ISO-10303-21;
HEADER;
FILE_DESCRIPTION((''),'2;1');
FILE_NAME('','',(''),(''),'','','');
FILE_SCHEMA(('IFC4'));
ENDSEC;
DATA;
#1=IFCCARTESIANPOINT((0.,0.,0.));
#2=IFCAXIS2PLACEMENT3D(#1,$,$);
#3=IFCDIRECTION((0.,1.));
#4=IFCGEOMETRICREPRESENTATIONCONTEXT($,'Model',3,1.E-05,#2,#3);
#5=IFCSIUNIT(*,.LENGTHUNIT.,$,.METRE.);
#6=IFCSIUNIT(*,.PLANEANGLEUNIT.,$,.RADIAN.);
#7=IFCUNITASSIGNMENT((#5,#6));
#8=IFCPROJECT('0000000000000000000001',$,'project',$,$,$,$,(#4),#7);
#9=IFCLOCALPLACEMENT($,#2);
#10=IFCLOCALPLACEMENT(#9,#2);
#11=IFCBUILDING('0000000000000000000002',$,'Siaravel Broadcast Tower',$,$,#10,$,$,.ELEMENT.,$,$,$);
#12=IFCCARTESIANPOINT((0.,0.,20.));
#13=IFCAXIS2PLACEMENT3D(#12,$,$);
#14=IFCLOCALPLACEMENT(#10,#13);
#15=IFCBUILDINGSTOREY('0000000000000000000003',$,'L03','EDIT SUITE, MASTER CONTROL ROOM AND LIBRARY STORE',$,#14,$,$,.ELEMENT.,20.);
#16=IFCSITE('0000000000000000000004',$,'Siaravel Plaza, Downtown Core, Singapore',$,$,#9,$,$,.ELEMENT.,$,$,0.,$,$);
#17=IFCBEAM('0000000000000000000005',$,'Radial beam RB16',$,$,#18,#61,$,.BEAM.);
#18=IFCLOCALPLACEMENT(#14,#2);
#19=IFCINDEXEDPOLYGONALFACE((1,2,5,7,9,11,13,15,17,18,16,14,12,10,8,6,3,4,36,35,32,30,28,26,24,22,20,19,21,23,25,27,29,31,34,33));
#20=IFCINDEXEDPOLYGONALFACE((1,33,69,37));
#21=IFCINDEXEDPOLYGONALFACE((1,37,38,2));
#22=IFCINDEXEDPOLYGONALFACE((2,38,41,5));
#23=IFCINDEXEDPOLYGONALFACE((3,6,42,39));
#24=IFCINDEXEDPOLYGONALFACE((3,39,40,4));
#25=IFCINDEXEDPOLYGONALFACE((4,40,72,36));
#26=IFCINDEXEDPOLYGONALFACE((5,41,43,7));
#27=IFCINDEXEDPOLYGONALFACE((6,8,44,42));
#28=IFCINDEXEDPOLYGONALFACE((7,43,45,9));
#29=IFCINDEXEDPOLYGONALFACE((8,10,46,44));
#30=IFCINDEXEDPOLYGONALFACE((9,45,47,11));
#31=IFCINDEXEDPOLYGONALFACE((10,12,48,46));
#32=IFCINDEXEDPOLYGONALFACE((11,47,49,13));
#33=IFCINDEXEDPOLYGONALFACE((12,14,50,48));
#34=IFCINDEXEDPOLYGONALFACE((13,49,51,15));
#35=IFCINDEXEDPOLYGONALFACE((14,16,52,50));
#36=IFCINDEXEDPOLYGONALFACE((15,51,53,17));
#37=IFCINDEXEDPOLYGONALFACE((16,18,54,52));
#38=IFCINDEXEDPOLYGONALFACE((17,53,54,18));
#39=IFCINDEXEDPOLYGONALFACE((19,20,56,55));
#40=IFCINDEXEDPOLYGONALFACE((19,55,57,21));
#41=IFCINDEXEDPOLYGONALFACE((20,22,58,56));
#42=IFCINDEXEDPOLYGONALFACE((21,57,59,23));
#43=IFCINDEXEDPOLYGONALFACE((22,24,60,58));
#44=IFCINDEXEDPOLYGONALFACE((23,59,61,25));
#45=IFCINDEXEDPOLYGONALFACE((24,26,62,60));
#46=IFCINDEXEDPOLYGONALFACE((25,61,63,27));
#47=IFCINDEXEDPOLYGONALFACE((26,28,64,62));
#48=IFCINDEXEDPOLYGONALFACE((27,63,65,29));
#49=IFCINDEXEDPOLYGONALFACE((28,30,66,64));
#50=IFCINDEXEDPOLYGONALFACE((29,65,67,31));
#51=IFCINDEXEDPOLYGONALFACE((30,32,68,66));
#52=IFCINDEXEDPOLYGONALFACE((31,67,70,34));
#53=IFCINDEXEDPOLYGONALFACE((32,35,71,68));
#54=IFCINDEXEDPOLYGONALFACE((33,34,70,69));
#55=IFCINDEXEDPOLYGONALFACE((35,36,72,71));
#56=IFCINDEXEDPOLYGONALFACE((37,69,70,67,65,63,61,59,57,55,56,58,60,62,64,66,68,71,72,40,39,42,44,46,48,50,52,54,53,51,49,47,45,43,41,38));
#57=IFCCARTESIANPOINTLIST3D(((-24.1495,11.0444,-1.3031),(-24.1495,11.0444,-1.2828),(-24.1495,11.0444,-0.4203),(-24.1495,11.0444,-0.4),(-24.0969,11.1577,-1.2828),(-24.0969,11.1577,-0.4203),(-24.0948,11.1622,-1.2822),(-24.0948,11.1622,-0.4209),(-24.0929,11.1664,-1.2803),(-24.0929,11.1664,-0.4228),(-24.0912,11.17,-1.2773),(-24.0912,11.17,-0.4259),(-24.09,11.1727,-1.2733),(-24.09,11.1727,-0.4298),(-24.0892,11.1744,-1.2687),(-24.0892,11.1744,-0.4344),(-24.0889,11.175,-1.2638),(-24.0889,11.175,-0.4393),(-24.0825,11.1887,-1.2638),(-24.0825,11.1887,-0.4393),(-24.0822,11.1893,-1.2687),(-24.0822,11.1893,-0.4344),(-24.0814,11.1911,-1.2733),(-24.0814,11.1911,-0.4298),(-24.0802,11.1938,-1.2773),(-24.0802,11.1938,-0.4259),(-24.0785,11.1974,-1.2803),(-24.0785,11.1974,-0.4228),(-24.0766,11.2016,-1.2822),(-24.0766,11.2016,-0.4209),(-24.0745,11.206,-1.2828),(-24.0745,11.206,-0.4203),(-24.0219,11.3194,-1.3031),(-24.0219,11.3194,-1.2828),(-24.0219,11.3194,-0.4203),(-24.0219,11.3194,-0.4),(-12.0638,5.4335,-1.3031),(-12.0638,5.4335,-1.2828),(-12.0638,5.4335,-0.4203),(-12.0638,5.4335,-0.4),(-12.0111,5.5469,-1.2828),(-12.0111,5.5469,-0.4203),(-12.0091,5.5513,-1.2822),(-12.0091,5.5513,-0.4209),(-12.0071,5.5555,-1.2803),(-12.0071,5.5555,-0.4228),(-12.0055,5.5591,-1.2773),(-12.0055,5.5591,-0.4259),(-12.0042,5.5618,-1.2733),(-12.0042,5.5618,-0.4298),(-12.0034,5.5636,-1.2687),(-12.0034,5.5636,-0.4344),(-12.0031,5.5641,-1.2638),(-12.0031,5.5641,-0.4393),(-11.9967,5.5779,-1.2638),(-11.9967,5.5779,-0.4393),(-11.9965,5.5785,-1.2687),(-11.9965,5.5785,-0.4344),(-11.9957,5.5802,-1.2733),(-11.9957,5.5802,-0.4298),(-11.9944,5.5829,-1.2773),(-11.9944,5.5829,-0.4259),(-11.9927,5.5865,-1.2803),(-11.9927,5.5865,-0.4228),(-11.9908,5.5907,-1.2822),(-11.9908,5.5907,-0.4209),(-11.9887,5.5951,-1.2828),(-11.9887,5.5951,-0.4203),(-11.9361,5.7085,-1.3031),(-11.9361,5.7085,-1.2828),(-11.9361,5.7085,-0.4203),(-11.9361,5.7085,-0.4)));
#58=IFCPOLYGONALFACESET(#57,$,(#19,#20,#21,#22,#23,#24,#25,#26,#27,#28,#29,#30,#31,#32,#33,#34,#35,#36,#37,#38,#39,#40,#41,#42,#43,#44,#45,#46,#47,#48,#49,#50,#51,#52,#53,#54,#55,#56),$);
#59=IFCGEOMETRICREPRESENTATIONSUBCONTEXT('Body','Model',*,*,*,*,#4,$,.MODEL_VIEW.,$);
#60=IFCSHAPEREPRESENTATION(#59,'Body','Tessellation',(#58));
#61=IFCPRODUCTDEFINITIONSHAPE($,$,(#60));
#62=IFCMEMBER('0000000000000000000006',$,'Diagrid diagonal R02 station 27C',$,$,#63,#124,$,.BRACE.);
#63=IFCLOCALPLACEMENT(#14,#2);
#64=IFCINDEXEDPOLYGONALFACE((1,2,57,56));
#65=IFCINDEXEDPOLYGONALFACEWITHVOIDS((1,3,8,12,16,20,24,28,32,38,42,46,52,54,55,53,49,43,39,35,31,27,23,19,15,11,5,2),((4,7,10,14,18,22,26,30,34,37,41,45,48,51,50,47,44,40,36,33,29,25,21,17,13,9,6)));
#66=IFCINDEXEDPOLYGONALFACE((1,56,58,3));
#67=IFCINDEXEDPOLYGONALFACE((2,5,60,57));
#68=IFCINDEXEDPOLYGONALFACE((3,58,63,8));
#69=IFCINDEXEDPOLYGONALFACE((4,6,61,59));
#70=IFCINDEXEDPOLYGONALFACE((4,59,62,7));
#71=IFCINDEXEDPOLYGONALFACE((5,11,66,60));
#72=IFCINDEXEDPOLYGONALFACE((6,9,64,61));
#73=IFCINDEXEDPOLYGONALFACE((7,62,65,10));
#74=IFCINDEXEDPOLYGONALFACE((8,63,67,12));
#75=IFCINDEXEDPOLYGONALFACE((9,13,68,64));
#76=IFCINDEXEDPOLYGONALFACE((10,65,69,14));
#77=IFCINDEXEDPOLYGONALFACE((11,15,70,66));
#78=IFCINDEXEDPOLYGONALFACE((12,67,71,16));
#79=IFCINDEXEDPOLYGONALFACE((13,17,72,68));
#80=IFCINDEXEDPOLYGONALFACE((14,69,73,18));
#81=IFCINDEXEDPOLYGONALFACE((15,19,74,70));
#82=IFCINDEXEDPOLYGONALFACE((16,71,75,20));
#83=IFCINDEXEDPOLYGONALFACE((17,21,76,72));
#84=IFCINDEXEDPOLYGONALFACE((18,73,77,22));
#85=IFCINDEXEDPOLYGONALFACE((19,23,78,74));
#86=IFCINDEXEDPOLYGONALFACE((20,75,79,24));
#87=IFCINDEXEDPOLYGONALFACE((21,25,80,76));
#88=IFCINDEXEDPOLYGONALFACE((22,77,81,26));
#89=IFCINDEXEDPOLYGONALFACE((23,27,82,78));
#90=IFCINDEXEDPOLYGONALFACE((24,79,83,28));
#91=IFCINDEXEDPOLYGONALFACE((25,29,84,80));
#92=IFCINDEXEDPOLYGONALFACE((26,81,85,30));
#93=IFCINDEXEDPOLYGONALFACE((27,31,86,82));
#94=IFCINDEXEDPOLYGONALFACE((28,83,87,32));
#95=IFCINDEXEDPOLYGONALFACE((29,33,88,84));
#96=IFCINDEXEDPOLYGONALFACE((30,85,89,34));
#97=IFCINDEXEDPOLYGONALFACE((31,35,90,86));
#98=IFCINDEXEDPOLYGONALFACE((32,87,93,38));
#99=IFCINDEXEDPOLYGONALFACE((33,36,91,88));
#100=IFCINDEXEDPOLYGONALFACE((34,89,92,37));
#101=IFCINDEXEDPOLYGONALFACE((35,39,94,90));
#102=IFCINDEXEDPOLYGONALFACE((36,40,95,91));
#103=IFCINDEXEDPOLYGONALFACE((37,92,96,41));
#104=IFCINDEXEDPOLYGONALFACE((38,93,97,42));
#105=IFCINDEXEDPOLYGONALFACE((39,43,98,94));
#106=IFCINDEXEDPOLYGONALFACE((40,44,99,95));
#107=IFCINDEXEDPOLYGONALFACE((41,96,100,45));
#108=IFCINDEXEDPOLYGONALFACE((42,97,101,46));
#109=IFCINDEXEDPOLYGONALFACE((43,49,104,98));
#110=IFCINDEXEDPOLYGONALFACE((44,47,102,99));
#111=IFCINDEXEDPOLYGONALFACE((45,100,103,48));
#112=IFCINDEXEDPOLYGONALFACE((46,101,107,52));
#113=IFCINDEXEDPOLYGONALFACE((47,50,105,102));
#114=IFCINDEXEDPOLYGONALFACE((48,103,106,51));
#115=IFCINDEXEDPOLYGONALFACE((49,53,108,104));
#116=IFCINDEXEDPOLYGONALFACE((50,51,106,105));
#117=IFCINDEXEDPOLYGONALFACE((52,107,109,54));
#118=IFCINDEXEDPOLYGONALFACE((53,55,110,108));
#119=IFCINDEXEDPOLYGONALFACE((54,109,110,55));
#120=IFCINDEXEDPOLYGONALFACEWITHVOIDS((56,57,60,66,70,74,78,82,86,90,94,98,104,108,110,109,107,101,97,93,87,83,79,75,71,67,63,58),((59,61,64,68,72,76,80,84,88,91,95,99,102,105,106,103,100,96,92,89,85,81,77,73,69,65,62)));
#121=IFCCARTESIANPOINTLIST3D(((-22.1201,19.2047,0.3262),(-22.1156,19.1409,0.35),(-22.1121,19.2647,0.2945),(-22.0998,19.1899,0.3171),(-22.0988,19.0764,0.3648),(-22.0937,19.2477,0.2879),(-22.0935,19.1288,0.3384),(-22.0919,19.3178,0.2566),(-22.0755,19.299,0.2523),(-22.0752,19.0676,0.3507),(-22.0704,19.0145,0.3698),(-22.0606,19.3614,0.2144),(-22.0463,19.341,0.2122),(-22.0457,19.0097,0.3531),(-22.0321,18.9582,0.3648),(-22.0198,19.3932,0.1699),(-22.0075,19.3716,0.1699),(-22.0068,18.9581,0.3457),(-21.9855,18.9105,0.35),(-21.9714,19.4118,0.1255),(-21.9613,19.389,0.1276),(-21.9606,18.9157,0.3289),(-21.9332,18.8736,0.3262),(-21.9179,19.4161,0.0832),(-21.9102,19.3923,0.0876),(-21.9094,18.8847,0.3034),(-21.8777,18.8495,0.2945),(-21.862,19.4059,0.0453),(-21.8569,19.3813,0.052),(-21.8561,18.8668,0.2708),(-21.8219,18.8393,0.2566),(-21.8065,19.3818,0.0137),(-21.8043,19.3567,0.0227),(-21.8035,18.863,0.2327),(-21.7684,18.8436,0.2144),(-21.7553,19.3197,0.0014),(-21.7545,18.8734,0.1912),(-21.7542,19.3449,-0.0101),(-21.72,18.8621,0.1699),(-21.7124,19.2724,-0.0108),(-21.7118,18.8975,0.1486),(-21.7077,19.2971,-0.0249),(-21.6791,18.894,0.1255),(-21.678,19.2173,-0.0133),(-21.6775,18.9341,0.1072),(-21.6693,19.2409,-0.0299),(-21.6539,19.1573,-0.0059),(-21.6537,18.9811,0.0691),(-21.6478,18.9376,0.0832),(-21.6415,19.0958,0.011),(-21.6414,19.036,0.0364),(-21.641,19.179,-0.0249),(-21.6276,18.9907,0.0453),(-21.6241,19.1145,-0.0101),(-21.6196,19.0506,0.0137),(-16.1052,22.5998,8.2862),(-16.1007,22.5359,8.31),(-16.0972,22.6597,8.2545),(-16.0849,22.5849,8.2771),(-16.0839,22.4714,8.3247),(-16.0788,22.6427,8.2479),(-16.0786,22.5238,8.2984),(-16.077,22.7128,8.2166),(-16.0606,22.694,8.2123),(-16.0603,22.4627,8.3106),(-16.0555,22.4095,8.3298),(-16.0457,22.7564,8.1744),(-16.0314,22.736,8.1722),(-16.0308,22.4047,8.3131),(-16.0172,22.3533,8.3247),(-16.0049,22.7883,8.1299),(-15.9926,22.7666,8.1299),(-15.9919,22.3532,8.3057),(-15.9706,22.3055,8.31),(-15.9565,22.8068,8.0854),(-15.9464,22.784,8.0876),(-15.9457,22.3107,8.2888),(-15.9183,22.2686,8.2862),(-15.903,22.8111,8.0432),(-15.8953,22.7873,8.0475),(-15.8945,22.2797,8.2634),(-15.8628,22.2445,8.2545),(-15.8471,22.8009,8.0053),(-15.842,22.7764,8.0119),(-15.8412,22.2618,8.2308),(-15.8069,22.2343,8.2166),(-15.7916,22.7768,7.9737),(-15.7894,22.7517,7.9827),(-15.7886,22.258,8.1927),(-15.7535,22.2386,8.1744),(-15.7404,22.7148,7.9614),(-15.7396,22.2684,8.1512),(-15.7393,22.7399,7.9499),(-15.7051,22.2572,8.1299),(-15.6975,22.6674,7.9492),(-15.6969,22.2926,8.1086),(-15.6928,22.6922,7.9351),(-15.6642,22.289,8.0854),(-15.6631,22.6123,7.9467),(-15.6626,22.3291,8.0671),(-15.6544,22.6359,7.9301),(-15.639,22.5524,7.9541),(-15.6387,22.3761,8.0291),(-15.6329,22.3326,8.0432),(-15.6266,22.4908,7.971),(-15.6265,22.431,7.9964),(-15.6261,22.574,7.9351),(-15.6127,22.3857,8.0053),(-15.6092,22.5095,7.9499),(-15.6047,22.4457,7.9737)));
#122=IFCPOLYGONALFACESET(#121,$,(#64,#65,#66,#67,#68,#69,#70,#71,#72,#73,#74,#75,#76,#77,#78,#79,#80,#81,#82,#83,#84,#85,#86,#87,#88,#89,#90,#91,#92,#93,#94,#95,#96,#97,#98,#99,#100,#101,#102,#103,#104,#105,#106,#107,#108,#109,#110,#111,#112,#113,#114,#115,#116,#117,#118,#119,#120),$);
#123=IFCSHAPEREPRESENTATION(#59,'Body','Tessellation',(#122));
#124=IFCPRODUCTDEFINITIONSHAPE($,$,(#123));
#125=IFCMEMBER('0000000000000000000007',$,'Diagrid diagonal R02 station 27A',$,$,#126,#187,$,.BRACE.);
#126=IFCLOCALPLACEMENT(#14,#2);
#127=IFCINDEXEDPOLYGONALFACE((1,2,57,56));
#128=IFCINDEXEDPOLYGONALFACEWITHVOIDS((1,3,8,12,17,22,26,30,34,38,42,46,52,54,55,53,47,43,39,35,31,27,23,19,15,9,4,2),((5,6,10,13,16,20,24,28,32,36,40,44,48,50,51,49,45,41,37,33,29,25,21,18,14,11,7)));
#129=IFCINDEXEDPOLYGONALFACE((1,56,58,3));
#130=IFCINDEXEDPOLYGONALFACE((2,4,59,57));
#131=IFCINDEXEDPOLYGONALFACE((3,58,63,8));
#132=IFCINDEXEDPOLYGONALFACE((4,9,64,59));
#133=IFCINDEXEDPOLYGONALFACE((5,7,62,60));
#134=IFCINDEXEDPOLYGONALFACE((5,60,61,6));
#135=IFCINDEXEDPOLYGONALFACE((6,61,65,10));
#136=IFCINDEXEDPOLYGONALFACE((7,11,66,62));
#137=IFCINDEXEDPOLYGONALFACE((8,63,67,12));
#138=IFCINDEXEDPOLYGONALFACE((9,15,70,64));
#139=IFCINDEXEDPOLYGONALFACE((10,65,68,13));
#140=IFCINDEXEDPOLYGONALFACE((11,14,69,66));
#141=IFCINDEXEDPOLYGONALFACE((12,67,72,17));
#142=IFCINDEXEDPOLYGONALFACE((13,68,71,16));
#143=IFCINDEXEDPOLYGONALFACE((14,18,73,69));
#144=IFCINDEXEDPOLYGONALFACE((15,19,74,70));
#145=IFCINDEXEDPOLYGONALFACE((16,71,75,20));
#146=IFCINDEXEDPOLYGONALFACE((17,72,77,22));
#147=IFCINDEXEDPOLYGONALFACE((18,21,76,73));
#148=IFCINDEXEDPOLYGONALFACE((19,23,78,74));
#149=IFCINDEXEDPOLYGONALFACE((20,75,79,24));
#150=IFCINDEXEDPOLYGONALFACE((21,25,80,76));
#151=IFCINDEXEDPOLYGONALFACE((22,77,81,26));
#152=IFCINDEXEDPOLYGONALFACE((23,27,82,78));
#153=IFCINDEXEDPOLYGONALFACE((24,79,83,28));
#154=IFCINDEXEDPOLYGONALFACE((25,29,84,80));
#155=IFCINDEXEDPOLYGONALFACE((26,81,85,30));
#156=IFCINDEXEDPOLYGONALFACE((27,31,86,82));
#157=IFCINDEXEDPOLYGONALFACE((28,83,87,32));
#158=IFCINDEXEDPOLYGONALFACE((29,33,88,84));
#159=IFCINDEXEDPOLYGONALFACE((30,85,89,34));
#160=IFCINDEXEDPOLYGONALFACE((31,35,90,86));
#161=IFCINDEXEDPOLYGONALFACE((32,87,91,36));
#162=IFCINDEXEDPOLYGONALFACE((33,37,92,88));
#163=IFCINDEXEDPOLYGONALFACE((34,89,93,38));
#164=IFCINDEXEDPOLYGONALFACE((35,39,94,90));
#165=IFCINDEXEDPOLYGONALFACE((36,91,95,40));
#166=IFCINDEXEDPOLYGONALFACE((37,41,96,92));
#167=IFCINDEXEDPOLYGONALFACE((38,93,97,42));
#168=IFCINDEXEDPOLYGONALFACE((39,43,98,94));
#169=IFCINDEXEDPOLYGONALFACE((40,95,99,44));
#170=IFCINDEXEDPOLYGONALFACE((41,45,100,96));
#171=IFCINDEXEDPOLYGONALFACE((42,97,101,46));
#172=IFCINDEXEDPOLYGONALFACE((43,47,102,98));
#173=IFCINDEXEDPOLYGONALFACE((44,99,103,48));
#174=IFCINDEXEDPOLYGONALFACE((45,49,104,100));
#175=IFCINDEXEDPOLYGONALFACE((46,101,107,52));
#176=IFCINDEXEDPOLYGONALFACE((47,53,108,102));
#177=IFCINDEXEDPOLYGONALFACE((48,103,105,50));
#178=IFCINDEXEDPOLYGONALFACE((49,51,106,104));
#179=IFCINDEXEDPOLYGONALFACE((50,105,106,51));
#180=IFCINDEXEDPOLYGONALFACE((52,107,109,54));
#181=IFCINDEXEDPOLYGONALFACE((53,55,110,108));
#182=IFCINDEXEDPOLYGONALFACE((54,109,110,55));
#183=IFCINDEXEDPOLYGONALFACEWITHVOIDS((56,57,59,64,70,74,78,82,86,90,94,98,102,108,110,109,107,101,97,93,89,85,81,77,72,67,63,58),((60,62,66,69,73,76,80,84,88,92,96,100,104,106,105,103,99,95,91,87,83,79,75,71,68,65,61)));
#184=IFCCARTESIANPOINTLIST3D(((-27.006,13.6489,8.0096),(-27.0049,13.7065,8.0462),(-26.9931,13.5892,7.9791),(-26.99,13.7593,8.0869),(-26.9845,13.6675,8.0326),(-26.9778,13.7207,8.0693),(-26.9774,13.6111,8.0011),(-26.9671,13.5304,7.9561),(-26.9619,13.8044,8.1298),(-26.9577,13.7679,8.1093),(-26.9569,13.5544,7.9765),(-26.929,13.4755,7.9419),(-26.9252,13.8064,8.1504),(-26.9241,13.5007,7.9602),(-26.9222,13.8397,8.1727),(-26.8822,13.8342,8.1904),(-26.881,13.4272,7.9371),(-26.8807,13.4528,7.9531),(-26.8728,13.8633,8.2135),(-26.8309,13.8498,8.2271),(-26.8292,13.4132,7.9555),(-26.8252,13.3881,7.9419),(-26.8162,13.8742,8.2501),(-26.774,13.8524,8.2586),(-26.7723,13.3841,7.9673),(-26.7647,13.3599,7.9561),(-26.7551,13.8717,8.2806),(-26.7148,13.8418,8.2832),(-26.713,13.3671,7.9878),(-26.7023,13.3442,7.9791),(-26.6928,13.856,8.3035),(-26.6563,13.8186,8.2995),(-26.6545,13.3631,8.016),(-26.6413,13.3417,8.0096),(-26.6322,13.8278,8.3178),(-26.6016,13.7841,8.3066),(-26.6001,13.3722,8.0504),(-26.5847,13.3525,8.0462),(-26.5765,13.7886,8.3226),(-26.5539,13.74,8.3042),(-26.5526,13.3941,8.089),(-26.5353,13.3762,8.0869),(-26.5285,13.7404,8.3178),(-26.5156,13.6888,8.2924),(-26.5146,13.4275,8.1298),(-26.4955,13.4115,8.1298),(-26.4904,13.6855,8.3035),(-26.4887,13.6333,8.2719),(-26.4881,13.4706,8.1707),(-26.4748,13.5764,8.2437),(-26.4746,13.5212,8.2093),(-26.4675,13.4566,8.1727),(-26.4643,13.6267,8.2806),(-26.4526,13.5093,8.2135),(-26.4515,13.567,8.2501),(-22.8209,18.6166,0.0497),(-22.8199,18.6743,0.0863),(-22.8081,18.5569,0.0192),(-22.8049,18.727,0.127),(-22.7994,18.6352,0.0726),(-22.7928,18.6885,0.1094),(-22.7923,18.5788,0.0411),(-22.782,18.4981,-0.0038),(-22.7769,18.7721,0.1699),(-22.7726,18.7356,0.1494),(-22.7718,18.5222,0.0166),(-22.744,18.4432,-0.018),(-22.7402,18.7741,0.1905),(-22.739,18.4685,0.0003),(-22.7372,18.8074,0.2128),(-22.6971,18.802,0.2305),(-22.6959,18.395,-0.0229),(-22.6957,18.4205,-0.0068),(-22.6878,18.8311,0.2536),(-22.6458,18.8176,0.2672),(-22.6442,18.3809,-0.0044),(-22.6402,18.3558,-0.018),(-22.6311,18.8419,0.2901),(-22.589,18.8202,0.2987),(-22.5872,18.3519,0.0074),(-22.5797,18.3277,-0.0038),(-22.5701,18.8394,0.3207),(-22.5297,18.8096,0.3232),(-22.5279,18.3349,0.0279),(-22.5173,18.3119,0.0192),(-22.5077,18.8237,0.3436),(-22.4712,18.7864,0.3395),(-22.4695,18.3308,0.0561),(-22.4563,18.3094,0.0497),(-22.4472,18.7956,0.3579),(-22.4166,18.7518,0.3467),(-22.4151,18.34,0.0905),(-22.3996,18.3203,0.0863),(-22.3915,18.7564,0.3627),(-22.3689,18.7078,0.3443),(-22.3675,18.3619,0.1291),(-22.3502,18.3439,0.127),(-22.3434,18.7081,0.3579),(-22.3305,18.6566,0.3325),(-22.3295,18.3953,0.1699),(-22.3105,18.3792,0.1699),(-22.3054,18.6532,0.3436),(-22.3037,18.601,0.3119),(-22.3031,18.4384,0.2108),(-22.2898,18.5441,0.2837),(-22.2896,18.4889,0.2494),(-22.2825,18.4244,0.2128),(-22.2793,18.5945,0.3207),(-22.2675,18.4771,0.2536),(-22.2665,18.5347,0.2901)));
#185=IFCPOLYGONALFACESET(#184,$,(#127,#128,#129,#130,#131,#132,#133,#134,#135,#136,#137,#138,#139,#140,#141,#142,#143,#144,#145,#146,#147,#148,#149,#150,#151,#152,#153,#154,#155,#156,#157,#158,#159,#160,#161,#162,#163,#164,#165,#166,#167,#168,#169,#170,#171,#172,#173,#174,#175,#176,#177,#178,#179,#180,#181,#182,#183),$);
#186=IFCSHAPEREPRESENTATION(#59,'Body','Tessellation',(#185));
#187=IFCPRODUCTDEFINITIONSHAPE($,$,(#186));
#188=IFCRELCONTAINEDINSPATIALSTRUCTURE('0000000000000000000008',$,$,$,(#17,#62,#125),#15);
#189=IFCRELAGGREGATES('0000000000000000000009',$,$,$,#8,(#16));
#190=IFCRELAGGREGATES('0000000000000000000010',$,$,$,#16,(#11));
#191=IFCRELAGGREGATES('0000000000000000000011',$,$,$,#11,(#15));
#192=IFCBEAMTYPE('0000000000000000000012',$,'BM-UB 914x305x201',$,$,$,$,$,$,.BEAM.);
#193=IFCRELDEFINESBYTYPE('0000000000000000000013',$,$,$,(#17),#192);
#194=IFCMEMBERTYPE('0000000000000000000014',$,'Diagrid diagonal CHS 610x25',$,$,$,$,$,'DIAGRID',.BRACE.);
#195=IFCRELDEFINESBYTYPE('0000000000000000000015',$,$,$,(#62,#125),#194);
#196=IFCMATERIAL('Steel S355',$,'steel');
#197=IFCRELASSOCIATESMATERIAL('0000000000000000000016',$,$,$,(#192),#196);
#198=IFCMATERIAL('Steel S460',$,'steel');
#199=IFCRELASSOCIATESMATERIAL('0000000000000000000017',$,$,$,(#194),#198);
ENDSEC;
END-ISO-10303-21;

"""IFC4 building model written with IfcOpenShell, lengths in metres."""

from ifc_helpers import new_model, si_unit, direction, frame, origin, origin_2d, place, context, subcontext, project, spatial, hollow_circle, i_section, extrude, material, material_profile, profile_set, type_object, element, save


model = new_model("IFC4")

# Units and contexts
model_context = context("Model", 3, precision=1e-05, world=origin(), true_north=direction((0.0, 1.0)))
body_context = subcontext(model_context, "Body", "Model", "MODEL_VIEW")
ifc_project = project(units=[si_unit("LENGTHUNIT", "METRE"), si_unit("PLANEANGLEUNIT", "RADIAN")], contexts=[model_context])

# Site, building, storey
site_placement = place(None, origin())
site = spatial("IfcSite", under=ifc_project, at=site_placement, Name="Siaravel Plaza, Downtown Core, Singapore", CompositionType="ELEMENT", RefElevation=0.0)
building_placement = place(site_placement, origin())
building = spatial("IfcBuilding", under=site, at=building_placement, Name="Siaravel Broadcast Tower", CompositionType="ELEMENT")
storey_placement = place(building_placement, frame((0.0, 0.0, 20.0)))
storey = spatial("IfcBuildingStorey", under=building, at=storey_placement, Name="L03", Description="EDIT SUITE, MASTER CONTROL ROOM AND LIBRARY STORE", CompositionType="ELEMENT", Elevation=20.0)

# Beam
ifc_material_1 = material(Name="Steel S355", Category="steel")
ifc_material_profile_1 = material_profile(ifc_material_1, i_section(OverallWidth=0.3032, OverallDepth=0.9031, WebThickness=0.0151, FlangeThickness=0.0203, FilletRadius=0.019, at=origin_2d()))
ifc_profile_set_1 = profile_set([ifc_material_profile_1], Name="Steel S355")
beam_type = type_object("IfcBeamType", Name="BM-UB 914x305x201", PredefinedType="BEAM", material=ifc_profile_set_1)
beam_1_placement = place(storey_placement, frame((-24.0857, 11.1819, -0.8516), z_axis=(0.90702, -0.421088, 0.0), x_axis=(0.421088, 0.90702, 0.0)))
element("IfcBeam", 1, at=beam_1_placement, inside=storey, type_object=beam_type, Name="Radial beam RB16", PredefinedType="BEAM", context=body_context, shape_type="SweptSolid", body=[
    extrude(i_section(OverallWidth=0.3032, OverallDepth=0.9031, WebThickness=0.0151, FlangeThickness=0.0203, FilletRadius=0.019, at=origin_2d()), origin(), (0.0, 0.0, 1.0), 13.3247),
])

# Members
ifc_material_2 = material(Name="Steel S460", Category="steel")
ifc_material_profile_2 = material_profile(ifc_material_2, hollow_circle(Radius=0.3049, WallThickness=0.0249, at=origin_2d()))
ifc_profile_set_2 = profile_set([ifc_material_profile_2], Name="Steel S460")
member_type_1 = type_object("IfcMemberType", Name="Diagrid diagonal CHS 610x25", ElementType="DIAGRID", PredefinedType="BRACE", material=ifc_profile_set_2)
member_1_placement = place(storey_placement, frame((-21.8699, 19.1277, 0.1699), z_axis=(0.570739, 0.322145, 0.755301), x_axis=(-0.491541, 0.870854, 0.0)))
element("IfcMember", 2, at=member_1_placement, inside=storey, type_object=member_type_1, Name="Diagrid diagonal R02 station 27C", PredefinedType="BRACE", context=body_context, shape_type="SweptSolid", body=[
    extrude(hollow_circle(Radius=0.3049, WallThickness=0.0249, at=origin_2d()), origin(), (0.0, 0.0, 1.0), 10.5388),
])
member_2_placement = place(storey_placement, frame((-22.5437, 18.5757, 0.1699), z_axis=(-0.407346, -0.48353, 0.77477), x_axis=(0.764784, -0.644286, 0.0)))
element("IfcMember", 3, at=member_2_placement, inside=storey, type_object=member_type_1, Name="Diagrid diagonal R02 station 27A", PredefinedType="BRACE", context=body_context, shape_type="SweptSolid", body=[
    extrude(hollow_circle(Radius=0.3049, WallThickness=0.0249, at=origin_2d()), origin(), (0.0, 0.0, 1.0), 10.2739),
])

save(model, "model.ifc")
